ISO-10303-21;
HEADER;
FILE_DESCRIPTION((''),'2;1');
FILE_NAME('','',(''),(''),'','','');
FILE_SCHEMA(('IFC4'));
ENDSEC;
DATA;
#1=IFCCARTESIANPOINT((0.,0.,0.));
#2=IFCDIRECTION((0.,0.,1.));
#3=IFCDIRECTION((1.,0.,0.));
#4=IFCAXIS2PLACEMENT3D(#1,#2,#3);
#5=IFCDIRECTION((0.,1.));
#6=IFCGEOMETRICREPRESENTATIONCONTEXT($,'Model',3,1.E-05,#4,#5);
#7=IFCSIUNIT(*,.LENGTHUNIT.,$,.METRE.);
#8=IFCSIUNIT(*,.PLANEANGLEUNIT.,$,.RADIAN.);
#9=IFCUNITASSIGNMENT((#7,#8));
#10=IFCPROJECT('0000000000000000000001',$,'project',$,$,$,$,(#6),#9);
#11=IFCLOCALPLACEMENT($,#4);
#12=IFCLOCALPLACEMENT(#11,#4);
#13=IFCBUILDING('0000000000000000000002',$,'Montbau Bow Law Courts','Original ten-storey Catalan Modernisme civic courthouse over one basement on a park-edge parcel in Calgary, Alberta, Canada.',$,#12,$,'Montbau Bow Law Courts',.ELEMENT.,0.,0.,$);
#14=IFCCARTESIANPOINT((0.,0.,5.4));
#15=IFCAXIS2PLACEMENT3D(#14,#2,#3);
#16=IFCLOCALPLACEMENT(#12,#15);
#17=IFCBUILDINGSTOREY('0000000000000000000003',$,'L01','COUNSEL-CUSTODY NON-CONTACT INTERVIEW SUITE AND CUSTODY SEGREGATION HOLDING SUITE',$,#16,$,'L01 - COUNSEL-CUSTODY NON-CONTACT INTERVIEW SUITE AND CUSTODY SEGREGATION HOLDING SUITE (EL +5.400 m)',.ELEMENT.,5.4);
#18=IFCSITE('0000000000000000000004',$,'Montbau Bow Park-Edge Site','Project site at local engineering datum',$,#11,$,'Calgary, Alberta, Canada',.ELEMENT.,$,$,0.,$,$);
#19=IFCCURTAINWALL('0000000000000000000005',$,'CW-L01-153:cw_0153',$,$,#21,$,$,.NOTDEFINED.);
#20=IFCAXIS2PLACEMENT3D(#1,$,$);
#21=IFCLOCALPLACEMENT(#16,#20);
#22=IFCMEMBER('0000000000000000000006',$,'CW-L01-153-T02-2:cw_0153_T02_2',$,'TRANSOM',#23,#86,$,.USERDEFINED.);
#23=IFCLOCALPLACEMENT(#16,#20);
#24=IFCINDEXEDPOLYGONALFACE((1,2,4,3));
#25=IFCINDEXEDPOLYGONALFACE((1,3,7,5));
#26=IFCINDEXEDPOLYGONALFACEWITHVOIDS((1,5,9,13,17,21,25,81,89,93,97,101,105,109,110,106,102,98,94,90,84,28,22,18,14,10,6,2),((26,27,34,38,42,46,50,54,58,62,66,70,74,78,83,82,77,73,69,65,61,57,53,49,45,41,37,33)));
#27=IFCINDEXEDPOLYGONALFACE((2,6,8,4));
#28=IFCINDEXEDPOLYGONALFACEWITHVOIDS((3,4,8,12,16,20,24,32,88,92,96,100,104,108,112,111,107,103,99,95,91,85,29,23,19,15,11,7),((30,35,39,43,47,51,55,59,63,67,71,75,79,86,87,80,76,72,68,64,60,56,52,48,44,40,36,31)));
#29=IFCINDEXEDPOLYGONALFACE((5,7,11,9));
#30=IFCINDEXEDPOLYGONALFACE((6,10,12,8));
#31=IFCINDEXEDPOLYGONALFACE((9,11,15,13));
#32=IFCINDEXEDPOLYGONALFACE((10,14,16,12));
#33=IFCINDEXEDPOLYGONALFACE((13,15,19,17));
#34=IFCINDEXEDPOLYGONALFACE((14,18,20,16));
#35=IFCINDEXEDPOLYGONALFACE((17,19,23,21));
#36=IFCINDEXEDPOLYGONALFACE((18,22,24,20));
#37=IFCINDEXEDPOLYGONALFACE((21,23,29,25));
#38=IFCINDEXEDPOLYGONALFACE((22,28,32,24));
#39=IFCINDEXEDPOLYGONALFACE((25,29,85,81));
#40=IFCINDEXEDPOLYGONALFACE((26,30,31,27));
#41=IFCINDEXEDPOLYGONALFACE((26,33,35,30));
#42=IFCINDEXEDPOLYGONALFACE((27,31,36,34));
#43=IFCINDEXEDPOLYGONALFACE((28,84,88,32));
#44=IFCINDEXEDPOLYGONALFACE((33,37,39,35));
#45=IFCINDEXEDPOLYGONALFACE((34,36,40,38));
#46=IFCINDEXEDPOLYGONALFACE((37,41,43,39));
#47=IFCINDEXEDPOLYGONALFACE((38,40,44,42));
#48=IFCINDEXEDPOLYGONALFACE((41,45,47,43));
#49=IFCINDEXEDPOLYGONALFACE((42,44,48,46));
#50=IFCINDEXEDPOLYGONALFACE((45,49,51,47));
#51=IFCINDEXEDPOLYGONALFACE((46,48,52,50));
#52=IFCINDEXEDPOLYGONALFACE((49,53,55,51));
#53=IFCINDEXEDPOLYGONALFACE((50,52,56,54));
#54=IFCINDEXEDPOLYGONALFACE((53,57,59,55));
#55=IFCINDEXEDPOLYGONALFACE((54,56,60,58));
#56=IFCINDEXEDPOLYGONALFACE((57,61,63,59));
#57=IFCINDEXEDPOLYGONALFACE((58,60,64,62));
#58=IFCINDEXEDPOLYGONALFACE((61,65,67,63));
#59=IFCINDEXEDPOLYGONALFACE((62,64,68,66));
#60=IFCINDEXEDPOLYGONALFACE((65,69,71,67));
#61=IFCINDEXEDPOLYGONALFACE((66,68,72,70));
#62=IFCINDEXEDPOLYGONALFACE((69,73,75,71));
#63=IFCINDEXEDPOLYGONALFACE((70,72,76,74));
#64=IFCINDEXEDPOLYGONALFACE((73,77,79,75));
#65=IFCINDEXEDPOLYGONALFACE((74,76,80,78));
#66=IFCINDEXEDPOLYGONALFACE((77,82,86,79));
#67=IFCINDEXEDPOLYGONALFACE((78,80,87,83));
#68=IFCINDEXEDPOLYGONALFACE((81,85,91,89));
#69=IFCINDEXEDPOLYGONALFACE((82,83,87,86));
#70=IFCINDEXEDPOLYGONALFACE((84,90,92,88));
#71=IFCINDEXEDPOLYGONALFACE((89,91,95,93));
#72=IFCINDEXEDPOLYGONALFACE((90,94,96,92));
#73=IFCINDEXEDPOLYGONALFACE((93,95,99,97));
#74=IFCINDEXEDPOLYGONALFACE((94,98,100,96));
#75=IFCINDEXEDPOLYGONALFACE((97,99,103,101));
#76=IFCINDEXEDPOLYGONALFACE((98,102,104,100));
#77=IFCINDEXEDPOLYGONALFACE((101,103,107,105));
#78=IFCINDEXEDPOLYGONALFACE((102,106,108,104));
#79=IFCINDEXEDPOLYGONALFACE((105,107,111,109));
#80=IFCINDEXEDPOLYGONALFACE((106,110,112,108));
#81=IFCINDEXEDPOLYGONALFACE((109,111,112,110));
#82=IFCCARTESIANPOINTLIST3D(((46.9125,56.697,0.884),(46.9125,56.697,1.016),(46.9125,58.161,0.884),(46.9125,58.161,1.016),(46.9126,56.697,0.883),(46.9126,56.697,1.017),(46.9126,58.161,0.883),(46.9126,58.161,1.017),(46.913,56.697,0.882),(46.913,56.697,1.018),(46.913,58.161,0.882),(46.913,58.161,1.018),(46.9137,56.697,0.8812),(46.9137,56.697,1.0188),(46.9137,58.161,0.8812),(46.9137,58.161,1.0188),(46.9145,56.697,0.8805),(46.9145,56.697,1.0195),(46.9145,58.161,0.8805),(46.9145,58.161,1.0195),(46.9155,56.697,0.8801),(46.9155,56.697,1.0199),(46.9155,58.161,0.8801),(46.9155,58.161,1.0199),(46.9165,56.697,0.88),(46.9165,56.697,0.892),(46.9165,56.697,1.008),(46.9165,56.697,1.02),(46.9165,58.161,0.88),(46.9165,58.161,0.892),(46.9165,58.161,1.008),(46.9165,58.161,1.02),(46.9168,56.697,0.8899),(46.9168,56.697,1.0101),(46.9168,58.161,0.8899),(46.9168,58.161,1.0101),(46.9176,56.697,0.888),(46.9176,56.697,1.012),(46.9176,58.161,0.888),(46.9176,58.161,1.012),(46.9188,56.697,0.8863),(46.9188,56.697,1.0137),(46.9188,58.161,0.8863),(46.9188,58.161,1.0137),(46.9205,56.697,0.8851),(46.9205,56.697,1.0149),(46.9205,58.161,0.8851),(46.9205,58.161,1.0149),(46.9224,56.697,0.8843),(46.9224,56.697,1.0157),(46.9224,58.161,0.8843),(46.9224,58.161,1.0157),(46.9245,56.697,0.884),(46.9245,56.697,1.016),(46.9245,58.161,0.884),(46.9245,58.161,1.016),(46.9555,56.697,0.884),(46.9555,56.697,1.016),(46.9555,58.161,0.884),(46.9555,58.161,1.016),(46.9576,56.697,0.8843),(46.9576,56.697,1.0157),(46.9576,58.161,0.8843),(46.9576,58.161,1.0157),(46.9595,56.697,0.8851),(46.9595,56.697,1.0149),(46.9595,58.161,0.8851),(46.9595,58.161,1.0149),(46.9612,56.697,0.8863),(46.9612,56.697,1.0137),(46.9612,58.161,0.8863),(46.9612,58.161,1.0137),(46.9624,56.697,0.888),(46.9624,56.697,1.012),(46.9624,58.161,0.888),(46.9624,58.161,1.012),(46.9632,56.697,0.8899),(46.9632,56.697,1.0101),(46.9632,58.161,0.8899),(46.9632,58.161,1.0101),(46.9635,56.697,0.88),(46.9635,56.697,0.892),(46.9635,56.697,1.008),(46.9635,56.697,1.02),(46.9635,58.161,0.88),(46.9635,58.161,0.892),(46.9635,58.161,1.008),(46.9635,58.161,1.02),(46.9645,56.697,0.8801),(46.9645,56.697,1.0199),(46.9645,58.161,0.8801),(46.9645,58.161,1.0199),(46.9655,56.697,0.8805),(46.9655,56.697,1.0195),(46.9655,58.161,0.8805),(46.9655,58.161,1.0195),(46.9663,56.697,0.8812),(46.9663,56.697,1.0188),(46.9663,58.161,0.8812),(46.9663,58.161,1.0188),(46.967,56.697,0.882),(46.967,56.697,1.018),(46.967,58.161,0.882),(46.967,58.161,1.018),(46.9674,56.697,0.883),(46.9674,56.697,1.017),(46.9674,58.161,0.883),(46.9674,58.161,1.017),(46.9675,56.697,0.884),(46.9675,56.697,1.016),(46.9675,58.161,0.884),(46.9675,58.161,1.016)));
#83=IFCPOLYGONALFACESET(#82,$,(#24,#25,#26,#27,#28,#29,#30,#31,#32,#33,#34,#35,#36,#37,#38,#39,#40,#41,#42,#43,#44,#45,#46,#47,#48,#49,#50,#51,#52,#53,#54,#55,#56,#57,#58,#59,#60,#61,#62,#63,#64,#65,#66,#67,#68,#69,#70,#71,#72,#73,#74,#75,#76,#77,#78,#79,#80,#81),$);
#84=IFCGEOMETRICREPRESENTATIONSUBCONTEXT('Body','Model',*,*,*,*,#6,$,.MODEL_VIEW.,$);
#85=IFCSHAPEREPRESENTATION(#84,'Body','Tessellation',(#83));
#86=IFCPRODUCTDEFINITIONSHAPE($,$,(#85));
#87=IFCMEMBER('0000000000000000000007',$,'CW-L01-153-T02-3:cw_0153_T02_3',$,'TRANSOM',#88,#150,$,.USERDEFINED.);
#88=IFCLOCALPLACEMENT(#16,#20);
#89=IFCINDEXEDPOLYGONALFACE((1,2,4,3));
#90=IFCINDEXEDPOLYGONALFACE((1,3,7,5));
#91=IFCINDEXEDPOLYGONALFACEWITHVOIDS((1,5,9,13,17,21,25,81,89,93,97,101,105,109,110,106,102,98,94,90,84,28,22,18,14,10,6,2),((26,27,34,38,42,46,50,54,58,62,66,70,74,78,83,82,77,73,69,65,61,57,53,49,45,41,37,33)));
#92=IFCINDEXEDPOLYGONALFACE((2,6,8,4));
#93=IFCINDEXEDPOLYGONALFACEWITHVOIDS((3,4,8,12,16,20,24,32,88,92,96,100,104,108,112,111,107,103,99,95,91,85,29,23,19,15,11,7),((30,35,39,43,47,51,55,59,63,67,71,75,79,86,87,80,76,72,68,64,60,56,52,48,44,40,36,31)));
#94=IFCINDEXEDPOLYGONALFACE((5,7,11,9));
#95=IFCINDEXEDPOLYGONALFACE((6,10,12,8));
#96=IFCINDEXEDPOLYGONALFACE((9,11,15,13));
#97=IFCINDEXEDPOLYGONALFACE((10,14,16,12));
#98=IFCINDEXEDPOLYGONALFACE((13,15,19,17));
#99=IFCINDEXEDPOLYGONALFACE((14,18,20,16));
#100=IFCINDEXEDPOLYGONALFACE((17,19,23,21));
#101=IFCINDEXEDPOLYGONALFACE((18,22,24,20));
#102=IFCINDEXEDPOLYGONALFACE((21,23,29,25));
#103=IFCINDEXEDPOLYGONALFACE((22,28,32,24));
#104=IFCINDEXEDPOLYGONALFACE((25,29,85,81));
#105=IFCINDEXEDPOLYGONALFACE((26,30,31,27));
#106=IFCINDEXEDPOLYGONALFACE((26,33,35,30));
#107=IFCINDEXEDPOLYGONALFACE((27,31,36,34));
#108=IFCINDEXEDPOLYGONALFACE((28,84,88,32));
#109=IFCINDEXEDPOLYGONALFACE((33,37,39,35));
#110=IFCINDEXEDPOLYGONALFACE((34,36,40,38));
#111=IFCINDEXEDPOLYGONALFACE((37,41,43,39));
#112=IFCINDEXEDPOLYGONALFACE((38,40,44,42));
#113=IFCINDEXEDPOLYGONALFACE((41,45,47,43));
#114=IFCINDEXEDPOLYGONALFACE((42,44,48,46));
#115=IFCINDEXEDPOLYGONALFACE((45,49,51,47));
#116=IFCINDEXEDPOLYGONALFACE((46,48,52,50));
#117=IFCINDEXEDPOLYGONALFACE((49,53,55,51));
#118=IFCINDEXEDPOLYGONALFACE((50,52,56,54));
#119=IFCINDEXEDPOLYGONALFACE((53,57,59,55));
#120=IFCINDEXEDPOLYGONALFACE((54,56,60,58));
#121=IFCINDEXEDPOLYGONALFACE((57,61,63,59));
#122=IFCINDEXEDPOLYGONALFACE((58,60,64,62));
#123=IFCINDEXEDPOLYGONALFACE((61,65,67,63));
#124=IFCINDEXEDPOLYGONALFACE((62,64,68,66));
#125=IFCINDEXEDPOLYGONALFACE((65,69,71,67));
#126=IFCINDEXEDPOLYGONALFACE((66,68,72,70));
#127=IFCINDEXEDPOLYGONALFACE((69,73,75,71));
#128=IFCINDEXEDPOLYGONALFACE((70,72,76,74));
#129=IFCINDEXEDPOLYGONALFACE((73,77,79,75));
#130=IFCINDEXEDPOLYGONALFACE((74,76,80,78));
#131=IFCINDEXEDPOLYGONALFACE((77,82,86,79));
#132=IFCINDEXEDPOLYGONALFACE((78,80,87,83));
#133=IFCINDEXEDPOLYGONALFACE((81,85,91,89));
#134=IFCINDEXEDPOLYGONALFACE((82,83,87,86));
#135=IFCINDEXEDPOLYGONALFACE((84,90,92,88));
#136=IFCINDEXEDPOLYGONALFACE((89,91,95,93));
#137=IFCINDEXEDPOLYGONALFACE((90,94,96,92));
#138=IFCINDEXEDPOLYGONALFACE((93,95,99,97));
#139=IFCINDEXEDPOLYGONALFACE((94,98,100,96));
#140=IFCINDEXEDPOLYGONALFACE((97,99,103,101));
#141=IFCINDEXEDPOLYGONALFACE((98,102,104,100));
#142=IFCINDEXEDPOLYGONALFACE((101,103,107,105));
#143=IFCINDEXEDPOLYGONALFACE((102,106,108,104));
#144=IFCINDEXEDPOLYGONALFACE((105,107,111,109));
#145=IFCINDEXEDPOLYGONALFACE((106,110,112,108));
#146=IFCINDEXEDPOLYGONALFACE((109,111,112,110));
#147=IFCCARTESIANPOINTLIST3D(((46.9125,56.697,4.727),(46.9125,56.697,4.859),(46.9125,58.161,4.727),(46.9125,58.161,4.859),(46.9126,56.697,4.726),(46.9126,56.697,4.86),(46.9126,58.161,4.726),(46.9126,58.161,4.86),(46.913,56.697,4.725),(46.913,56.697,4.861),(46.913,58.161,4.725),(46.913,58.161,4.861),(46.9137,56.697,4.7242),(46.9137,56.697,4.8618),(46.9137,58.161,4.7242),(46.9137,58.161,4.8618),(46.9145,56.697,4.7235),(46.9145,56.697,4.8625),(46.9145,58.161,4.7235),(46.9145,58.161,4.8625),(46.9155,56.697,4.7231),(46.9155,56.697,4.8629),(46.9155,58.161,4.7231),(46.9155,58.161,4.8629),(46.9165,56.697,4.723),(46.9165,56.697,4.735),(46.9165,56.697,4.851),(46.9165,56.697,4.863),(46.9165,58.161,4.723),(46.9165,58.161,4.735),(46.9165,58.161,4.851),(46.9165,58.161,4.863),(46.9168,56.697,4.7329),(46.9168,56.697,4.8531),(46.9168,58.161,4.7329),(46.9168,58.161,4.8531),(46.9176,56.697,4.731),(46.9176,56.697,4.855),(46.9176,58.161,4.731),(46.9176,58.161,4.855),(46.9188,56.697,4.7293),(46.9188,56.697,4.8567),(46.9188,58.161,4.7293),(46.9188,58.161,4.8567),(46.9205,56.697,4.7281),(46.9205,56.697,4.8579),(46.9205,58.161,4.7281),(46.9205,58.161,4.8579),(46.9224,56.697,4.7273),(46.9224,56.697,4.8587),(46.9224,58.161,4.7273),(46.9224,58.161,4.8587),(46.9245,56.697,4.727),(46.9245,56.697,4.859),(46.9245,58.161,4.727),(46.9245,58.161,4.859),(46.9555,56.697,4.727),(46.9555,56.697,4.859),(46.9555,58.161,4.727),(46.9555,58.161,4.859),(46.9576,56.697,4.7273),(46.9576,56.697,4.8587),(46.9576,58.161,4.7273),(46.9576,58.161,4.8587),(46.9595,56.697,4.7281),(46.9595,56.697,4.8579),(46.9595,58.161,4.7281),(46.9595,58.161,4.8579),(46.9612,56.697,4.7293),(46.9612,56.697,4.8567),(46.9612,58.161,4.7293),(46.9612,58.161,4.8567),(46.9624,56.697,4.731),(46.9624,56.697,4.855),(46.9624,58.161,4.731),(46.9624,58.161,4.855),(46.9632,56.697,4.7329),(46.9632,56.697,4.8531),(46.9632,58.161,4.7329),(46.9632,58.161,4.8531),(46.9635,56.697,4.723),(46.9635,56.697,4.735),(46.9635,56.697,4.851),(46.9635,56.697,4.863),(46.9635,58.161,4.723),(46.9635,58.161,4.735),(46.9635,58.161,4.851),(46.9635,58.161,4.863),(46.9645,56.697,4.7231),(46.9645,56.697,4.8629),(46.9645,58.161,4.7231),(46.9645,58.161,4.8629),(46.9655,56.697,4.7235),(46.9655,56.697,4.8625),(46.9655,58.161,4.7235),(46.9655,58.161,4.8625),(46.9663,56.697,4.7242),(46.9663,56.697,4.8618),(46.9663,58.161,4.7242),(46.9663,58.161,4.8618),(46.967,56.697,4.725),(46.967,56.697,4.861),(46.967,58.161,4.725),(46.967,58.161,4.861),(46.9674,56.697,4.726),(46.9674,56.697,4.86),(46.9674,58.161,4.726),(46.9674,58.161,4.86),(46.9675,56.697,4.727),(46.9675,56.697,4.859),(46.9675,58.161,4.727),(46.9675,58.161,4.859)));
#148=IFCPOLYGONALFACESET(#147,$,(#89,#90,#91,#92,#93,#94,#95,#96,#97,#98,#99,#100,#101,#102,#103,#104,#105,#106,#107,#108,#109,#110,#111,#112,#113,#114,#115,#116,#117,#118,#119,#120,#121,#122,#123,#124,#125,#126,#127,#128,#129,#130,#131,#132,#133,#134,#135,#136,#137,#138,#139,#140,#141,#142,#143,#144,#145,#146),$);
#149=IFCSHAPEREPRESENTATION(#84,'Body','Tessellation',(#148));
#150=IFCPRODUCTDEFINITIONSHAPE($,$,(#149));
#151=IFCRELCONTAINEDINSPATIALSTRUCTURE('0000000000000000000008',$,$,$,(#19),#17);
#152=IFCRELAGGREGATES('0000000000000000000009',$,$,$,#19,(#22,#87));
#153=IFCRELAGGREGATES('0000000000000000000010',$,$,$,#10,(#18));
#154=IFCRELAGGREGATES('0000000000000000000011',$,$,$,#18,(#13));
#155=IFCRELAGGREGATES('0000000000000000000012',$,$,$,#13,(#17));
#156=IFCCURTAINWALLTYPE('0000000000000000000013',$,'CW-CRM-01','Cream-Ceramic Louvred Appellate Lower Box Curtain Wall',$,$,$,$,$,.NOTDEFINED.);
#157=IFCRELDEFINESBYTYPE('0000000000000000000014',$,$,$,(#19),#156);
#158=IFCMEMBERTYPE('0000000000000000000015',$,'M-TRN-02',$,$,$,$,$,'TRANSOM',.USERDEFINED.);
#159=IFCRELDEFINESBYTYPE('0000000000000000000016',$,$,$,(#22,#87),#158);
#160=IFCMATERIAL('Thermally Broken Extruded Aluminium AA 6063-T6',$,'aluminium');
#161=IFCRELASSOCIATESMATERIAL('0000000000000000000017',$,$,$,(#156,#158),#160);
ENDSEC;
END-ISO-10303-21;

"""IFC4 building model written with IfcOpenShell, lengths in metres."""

from ifc_helpers import new_model, si_unit, direction, frame, origin_with_axes, origin_2d_with_axis, place, context, subcontext, project, spatial, hollow_rectangle, extrude, material, material_profile, profile_set, type_object, element, aggregate, save


model = new_model("IFC4")

# Units and contexts
model_context = context("Model", 3, precision=1e-05, world=origin_with_axes(), true_north=direction((0.0, 1.0)))
body_context = subcontext(model_context, "Body", "Model", "MODEL_VIEW")
ifc_project = project(units=[si_unit("LENGTHUNIT", "METRE"), si_unit("PLANEANGLEUNIT", "RADIAN")], contexts=[model_context])

# Site, building, storey
site_placement = place(None, origin_with_axes())
site = spatial("IfcSite", under=ifc_project, at=site_placement, Name="Montbau Bow Park-Edge Site", Description="Project site at local engineering datum", LongName="Calgary, Alberta, Canada", CompositionType="ELEMENT", RefElevation=0.0)
building_placement = place(site_placement, origin_with_axes())
building = spatial("IfcBuilding", under=site, at=building_placement, Name="Montbau Bow Law Courts", Description="Original ten-storey Catalan Modernisme civic courthouse over one basement on a park-edge parcel in Calgary, Alberta, Canada.", LongName="Montbau Bow Law Courts", CompositionType="ELEMENT", ElevationOfRefHeight=0.0, ElevationOfTerrain=0.0)
storey_placement = place(building_placement, frame((0.0, 0.0, 5.4), z_axis=(0.0, 0.0, 1.0), x_axis=(1.0, 0.0, 0.0)))
storey = spatial("IfcBuildingStorey", under=building, at=storey_placement, Name="L01", Description="COUNSEL-CUSTODY NON-CONTACT INTERVIEW SUITE AND CUSTODY SEGREGATION HOLDING SUITE", LongName="L01 - COUNSEL-CUSTODY NON-CONTACT INTERVIEW SUITE AND CUSTODY SEGREGATION HOLDING SUITE (EL +5.400 m)", CompositionType="ELEMENT", Elevation=5.4)

# Curtain wall, members
ifc_material_1 = material(Name="Thermally Broken Extruded Aluminium AA 6063-T6", Category="aluminium")
curtain_wall_type = type_object("IfcCurtainWallType", Name="CW-CRM-01", Description="Cream-Ceramic Louvred Appellate Lower Box Curtain Wall", PredefinedType="NOTDEFINED", material=ifc_material_1)
curtain_wall_placement = place(None, frame((46.94, 55.115, 5.4), z_axis=(0.0, 0.0, 1.0), x_axis=(1.0, 0.0, 0.0)))
curtain_wall = element("IfcCurtainWall", 1, at=curtain_wall_placement, inside=storey, type_object=curtain_wall_type, Name="CW-L01-153:cw_0153", PredefinedType="NOTDEFINED")
ifc_material_profile_1 = material_profile(ifc_material_1, hollow_rectangle(XDim=0.055, YDim=0.14, WallThickness=0.004, InnerFilletRadius=0.008, OuterFilletRadius=0.004, at=origin_2d_with_axis()), Name="CWT-140X55", Category="Main", Priority=0)
ifc_profile_set_1 = profile_set([ifc_material_profile_1], Name="Thermally Broken Extruded Aluminium AA 6063-T6")
member_type_1 = type_object("IfcMemberType", Name="M-TRN-02", ElementType="TRANSOM", PredefinedType="USERDEFINED", material=ifc_profile_set_1)
member_1_placement = place(None, frame((46.94, 56.697, 6.35), z_axis=(0.0, 1.0, 0.0), x_axis=(-1.0, 0.0, 0.0)))
member_1 = element("IfcMember", 2, at=member_1_placement, type_object=member_type_1, Name="CW-L01-153-T02-2:cw_0153_T02_2", ObjectType="TRANSOM", PredefinedType="USERDEFINED", context=body_context, shape_type="SweptSolid", body=[
    extrude(hollow_rectangle(XDim=0.055, YDim=0.14, WallThickness=0.004, InnerFilletRadius=0.008, OuterFilletRadius=0.004, at=origin_2d_with_axis()), origin_with_axes(), (0.0, 0.0, 1.0), 1.464),
])
member_2_placement = place(None, frame((46.94, 56.697, 10.193), z_axis=(0.0, 1.0, 0.0), x_axis=(-1.0, 0.0, 0.0)))
member_2 = element("IfcMember", 3, at=member_2_placement, type_object=member_type_1, Name="CW-L01-153-T02-3:cw_0153_T02_3", ObjectType="TRANSOM", PredefinedType="USERDEFINED", context=body_context, shape_type="SweptSolid", body=[
    extrude(hollow_rectangle(XDim=0.055, YDim=0.14, WallThickness=0.004, InnerFilletRadius=0.008, OuterFilletRadius=0.004, at=origin_2d_with_axis()), origin_with_axes(), (0.0, 0.0, 1.0), 1.464),
])
aggregate(curtain_wall, [member_1, member_2])

save(model, "model.ifc")
